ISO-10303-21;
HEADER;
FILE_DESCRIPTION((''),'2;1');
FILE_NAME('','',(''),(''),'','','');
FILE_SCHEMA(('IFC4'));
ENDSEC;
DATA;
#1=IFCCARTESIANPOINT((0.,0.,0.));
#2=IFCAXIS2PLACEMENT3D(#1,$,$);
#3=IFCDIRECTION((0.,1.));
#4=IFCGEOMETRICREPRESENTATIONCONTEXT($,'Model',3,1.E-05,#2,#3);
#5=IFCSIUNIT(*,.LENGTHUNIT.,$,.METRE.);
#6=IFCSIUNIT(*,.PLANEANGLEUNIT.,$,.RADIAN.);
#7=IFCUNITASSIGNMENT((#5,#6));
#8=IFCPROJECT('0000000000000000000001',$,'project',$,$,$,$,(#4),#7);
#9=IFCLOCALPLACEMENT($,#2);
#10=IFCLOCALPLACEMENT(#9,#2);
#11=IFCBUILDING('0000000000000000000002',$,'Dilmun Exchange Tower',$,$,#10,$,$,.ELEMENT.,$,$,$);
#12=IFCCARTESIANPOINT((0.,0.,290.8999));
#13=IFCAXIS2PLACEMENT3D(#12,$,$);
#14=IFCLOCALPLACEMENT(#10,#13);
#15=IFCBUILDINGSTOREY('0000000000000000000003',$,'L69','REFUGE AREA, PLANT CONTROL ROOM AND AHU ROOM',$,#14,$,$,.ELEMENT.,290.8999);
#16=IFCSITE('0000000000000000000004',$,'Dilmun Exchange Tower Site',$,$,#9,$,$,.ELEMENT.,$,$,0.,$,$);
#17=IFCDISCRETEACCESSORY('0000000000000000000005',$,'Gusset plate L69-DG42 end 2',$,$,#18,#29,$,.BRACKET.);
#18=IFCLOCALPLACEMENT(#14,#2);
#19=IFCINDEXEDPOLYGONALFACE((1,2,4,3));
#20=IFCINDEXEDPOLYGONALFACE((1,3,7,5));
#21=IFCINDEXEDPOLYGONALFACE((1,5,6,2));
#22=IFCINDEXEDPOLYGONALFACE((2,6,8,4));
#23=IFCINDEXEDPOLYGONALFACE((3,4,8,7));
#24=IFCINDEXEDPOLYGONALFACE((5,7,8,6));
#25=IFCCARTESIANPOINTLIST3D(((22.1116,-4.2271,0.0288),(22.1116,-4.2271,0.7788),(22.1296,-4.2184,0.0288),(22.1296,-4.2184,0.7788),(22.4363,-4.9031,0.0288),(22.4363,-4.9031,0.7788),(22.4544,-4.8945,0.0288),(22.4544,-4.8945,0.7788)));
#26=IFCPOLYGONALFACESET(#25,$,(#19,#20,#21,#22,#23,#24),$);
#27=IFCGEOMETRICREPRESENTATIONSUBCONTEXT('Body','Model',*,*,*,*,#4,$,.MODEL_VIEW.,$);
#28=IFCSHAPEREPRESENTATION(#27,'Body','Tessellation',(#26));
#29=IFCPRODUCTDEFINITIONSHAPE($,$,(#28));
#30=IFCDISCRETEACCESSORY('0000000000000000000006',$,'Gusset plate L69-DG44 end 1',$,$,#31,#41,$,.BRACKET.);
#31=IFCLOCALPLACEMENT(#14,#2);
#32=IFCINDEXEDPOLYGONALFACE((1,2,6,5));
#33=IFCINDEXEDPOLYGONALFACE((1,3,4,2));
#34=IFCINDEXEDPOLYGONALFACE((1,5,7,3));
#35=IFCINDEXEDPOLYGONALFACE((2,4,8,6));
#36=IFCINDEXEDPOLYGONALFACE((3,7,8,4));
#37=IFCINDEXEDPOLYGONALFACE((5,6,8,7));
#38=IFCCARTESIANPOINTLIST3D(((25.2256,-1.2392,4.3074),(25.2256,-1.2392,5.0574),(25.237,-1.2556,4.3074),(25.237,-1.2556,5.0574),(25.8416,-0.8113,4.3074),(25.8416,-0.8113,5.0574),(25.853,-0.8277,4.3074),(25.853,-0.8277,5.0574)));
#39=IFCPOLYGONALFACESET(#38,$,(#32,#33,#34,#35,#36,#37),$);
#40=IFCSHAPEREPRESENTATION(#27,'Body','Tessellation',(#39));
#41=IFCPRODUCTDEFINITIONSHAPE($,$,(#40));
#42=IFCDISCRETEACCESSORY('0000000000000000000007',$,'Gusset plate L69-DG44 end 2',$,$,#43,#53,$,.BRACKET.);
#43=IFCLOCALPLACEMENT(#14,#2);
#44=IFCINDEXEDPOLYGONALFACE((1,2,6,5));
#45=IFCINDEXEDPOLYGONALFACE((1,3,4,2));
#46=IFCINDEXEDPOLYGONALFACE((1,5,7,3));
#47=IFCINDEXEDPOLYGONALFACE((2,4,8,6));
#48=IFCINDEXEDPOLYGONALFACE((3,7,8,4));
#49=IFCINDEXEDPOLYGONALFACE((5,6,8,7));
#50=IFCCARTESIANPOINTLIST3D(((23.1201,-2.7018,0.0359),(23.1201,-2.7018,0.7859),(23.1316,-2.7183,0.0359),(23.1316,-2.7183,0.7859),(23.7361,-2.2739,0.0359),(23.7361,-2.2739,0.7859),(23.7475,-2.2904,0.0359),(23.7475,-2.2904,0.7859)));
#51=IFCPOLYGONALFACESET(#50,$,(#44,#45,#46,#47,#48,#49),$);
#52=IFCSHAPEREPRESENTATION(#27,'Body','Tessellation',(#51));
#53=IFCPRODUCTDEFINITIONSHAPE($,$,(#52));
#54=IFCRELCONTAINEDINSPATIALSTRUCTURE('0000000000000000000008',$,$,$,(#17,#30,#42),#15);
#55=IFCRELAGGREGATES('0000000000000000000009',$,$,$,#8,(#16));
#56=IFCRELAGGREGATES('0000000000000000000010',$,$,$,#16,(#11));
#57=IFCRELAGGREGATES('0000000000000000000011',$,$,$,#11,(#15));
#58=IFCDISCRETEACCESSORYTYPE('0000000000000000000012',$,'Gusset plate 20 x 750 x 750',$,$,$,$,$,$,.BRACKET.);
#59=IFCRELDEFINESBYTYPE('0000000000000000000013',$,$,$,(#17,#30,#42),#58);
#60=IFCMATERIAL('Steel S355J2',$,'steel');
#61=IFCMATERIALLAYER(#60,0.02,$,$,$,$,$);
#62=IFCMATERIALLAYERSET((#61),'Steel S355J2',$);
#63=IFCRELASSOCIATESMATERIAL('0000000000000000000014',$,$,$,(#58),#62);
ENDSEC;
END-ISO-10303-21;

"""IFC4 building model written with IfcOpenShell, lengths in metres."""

from ifc_helpers import new_model, si_unit, direction, frame, origin, origin_2d, place, context, subcontext, project, spatial, rectangle, extrude, material, layer, layer_set, type_object, element, save


model = new_model("IFC4")

# Units and contexts
model_context = context("Model", 3, precision=1e-05, world=origin(), true_north=direction((0.0, 1.0)))
body_context = subcontext(model_context, "Body", "Model", "MODEL_VIEW")
ifc_project = project(units=[si_unit("LENGTHUNIT", "METRE"), si_unit("PLANEANGLEUNIT", "RADIAN")], contexts=[model_context])

# Site, building, storey
site_placement = place(None, origin())
site = spatial("IfcSite", under=ifc_project, at=site_placement, Name="Dilmun Exchange Tower Site", CompositionType="ELEMENT", RefElevation=0.0)
building_placement = place(site_placement, origin())
building = spatial("IfcBuilding", under=site, at=building_placement, Name="Dilmun Exchange Tower", CompositionType="ELEMENT")
storey_placement = place(building_placement, frame((0.0, 0.0, 290.8999)))
storey = spatial("IfcBuildingStorey", under=building, at=storey_placement, Name="L69", Description="REFUGE AREA, PLANT CONTROL ROOM AND AHU ROOM", CompositionType="ELEMENT", Elevation=290.8999)

# Discrete accessories
ifc_material_1 = material(Name="Steel S355J2", Category="steel")
ifc_layer_1 = layer(ifc_material_1, 0.02)
ifc_layer_set_1 = layer_set([ifc_layer_1], Name="Steel S355J2")
discrete_accessory_type = type_object("IfcDiscreteAccessoryType", Name="Gusset plate 20 x 750 x 750", PredefinedType="BRACKET", material=ifc_layer_set_1)
for number, where, z_axis, x_axis, name in (
    (1, (22.283, -4.5608, 0.0288), (0.0, 0.0, 1.0), (-0.433005, 0.901392, 0.0), "Gusset plate L69-DG42 end 2"),
    (2, (25.5393, -1.0334, 4.3074), (0.0, 0.0, 1.0), (-0.8213, -0.570497, 0.0), "Gusset plate L69-DG44 end 1"),
    (3, (23.4338, -2.4961, 0.0359), (0.0, 0.0, 1.0), (-0.8213, -0.570497, 0.0), "Gusset plate L69-DG44 end 2"),
):
    element("IfcDiscreteAccessory", number, at=place(storey_placement, frame(where, z_axis=z_axis, x_axis=x_axis)), inside=storey, type_object=discrete_accessory_type, Name=name, PredefinedType="BRACKET", context=body_context, shape_type="SweptSolid", body=[
        extrude(rectangle(XDim=0.75, YDim=0.02, at=origin_2d()), origin(), (0.0, 0.0, 1.0), 0.75),
    ])

save(model, "model.ifc")
